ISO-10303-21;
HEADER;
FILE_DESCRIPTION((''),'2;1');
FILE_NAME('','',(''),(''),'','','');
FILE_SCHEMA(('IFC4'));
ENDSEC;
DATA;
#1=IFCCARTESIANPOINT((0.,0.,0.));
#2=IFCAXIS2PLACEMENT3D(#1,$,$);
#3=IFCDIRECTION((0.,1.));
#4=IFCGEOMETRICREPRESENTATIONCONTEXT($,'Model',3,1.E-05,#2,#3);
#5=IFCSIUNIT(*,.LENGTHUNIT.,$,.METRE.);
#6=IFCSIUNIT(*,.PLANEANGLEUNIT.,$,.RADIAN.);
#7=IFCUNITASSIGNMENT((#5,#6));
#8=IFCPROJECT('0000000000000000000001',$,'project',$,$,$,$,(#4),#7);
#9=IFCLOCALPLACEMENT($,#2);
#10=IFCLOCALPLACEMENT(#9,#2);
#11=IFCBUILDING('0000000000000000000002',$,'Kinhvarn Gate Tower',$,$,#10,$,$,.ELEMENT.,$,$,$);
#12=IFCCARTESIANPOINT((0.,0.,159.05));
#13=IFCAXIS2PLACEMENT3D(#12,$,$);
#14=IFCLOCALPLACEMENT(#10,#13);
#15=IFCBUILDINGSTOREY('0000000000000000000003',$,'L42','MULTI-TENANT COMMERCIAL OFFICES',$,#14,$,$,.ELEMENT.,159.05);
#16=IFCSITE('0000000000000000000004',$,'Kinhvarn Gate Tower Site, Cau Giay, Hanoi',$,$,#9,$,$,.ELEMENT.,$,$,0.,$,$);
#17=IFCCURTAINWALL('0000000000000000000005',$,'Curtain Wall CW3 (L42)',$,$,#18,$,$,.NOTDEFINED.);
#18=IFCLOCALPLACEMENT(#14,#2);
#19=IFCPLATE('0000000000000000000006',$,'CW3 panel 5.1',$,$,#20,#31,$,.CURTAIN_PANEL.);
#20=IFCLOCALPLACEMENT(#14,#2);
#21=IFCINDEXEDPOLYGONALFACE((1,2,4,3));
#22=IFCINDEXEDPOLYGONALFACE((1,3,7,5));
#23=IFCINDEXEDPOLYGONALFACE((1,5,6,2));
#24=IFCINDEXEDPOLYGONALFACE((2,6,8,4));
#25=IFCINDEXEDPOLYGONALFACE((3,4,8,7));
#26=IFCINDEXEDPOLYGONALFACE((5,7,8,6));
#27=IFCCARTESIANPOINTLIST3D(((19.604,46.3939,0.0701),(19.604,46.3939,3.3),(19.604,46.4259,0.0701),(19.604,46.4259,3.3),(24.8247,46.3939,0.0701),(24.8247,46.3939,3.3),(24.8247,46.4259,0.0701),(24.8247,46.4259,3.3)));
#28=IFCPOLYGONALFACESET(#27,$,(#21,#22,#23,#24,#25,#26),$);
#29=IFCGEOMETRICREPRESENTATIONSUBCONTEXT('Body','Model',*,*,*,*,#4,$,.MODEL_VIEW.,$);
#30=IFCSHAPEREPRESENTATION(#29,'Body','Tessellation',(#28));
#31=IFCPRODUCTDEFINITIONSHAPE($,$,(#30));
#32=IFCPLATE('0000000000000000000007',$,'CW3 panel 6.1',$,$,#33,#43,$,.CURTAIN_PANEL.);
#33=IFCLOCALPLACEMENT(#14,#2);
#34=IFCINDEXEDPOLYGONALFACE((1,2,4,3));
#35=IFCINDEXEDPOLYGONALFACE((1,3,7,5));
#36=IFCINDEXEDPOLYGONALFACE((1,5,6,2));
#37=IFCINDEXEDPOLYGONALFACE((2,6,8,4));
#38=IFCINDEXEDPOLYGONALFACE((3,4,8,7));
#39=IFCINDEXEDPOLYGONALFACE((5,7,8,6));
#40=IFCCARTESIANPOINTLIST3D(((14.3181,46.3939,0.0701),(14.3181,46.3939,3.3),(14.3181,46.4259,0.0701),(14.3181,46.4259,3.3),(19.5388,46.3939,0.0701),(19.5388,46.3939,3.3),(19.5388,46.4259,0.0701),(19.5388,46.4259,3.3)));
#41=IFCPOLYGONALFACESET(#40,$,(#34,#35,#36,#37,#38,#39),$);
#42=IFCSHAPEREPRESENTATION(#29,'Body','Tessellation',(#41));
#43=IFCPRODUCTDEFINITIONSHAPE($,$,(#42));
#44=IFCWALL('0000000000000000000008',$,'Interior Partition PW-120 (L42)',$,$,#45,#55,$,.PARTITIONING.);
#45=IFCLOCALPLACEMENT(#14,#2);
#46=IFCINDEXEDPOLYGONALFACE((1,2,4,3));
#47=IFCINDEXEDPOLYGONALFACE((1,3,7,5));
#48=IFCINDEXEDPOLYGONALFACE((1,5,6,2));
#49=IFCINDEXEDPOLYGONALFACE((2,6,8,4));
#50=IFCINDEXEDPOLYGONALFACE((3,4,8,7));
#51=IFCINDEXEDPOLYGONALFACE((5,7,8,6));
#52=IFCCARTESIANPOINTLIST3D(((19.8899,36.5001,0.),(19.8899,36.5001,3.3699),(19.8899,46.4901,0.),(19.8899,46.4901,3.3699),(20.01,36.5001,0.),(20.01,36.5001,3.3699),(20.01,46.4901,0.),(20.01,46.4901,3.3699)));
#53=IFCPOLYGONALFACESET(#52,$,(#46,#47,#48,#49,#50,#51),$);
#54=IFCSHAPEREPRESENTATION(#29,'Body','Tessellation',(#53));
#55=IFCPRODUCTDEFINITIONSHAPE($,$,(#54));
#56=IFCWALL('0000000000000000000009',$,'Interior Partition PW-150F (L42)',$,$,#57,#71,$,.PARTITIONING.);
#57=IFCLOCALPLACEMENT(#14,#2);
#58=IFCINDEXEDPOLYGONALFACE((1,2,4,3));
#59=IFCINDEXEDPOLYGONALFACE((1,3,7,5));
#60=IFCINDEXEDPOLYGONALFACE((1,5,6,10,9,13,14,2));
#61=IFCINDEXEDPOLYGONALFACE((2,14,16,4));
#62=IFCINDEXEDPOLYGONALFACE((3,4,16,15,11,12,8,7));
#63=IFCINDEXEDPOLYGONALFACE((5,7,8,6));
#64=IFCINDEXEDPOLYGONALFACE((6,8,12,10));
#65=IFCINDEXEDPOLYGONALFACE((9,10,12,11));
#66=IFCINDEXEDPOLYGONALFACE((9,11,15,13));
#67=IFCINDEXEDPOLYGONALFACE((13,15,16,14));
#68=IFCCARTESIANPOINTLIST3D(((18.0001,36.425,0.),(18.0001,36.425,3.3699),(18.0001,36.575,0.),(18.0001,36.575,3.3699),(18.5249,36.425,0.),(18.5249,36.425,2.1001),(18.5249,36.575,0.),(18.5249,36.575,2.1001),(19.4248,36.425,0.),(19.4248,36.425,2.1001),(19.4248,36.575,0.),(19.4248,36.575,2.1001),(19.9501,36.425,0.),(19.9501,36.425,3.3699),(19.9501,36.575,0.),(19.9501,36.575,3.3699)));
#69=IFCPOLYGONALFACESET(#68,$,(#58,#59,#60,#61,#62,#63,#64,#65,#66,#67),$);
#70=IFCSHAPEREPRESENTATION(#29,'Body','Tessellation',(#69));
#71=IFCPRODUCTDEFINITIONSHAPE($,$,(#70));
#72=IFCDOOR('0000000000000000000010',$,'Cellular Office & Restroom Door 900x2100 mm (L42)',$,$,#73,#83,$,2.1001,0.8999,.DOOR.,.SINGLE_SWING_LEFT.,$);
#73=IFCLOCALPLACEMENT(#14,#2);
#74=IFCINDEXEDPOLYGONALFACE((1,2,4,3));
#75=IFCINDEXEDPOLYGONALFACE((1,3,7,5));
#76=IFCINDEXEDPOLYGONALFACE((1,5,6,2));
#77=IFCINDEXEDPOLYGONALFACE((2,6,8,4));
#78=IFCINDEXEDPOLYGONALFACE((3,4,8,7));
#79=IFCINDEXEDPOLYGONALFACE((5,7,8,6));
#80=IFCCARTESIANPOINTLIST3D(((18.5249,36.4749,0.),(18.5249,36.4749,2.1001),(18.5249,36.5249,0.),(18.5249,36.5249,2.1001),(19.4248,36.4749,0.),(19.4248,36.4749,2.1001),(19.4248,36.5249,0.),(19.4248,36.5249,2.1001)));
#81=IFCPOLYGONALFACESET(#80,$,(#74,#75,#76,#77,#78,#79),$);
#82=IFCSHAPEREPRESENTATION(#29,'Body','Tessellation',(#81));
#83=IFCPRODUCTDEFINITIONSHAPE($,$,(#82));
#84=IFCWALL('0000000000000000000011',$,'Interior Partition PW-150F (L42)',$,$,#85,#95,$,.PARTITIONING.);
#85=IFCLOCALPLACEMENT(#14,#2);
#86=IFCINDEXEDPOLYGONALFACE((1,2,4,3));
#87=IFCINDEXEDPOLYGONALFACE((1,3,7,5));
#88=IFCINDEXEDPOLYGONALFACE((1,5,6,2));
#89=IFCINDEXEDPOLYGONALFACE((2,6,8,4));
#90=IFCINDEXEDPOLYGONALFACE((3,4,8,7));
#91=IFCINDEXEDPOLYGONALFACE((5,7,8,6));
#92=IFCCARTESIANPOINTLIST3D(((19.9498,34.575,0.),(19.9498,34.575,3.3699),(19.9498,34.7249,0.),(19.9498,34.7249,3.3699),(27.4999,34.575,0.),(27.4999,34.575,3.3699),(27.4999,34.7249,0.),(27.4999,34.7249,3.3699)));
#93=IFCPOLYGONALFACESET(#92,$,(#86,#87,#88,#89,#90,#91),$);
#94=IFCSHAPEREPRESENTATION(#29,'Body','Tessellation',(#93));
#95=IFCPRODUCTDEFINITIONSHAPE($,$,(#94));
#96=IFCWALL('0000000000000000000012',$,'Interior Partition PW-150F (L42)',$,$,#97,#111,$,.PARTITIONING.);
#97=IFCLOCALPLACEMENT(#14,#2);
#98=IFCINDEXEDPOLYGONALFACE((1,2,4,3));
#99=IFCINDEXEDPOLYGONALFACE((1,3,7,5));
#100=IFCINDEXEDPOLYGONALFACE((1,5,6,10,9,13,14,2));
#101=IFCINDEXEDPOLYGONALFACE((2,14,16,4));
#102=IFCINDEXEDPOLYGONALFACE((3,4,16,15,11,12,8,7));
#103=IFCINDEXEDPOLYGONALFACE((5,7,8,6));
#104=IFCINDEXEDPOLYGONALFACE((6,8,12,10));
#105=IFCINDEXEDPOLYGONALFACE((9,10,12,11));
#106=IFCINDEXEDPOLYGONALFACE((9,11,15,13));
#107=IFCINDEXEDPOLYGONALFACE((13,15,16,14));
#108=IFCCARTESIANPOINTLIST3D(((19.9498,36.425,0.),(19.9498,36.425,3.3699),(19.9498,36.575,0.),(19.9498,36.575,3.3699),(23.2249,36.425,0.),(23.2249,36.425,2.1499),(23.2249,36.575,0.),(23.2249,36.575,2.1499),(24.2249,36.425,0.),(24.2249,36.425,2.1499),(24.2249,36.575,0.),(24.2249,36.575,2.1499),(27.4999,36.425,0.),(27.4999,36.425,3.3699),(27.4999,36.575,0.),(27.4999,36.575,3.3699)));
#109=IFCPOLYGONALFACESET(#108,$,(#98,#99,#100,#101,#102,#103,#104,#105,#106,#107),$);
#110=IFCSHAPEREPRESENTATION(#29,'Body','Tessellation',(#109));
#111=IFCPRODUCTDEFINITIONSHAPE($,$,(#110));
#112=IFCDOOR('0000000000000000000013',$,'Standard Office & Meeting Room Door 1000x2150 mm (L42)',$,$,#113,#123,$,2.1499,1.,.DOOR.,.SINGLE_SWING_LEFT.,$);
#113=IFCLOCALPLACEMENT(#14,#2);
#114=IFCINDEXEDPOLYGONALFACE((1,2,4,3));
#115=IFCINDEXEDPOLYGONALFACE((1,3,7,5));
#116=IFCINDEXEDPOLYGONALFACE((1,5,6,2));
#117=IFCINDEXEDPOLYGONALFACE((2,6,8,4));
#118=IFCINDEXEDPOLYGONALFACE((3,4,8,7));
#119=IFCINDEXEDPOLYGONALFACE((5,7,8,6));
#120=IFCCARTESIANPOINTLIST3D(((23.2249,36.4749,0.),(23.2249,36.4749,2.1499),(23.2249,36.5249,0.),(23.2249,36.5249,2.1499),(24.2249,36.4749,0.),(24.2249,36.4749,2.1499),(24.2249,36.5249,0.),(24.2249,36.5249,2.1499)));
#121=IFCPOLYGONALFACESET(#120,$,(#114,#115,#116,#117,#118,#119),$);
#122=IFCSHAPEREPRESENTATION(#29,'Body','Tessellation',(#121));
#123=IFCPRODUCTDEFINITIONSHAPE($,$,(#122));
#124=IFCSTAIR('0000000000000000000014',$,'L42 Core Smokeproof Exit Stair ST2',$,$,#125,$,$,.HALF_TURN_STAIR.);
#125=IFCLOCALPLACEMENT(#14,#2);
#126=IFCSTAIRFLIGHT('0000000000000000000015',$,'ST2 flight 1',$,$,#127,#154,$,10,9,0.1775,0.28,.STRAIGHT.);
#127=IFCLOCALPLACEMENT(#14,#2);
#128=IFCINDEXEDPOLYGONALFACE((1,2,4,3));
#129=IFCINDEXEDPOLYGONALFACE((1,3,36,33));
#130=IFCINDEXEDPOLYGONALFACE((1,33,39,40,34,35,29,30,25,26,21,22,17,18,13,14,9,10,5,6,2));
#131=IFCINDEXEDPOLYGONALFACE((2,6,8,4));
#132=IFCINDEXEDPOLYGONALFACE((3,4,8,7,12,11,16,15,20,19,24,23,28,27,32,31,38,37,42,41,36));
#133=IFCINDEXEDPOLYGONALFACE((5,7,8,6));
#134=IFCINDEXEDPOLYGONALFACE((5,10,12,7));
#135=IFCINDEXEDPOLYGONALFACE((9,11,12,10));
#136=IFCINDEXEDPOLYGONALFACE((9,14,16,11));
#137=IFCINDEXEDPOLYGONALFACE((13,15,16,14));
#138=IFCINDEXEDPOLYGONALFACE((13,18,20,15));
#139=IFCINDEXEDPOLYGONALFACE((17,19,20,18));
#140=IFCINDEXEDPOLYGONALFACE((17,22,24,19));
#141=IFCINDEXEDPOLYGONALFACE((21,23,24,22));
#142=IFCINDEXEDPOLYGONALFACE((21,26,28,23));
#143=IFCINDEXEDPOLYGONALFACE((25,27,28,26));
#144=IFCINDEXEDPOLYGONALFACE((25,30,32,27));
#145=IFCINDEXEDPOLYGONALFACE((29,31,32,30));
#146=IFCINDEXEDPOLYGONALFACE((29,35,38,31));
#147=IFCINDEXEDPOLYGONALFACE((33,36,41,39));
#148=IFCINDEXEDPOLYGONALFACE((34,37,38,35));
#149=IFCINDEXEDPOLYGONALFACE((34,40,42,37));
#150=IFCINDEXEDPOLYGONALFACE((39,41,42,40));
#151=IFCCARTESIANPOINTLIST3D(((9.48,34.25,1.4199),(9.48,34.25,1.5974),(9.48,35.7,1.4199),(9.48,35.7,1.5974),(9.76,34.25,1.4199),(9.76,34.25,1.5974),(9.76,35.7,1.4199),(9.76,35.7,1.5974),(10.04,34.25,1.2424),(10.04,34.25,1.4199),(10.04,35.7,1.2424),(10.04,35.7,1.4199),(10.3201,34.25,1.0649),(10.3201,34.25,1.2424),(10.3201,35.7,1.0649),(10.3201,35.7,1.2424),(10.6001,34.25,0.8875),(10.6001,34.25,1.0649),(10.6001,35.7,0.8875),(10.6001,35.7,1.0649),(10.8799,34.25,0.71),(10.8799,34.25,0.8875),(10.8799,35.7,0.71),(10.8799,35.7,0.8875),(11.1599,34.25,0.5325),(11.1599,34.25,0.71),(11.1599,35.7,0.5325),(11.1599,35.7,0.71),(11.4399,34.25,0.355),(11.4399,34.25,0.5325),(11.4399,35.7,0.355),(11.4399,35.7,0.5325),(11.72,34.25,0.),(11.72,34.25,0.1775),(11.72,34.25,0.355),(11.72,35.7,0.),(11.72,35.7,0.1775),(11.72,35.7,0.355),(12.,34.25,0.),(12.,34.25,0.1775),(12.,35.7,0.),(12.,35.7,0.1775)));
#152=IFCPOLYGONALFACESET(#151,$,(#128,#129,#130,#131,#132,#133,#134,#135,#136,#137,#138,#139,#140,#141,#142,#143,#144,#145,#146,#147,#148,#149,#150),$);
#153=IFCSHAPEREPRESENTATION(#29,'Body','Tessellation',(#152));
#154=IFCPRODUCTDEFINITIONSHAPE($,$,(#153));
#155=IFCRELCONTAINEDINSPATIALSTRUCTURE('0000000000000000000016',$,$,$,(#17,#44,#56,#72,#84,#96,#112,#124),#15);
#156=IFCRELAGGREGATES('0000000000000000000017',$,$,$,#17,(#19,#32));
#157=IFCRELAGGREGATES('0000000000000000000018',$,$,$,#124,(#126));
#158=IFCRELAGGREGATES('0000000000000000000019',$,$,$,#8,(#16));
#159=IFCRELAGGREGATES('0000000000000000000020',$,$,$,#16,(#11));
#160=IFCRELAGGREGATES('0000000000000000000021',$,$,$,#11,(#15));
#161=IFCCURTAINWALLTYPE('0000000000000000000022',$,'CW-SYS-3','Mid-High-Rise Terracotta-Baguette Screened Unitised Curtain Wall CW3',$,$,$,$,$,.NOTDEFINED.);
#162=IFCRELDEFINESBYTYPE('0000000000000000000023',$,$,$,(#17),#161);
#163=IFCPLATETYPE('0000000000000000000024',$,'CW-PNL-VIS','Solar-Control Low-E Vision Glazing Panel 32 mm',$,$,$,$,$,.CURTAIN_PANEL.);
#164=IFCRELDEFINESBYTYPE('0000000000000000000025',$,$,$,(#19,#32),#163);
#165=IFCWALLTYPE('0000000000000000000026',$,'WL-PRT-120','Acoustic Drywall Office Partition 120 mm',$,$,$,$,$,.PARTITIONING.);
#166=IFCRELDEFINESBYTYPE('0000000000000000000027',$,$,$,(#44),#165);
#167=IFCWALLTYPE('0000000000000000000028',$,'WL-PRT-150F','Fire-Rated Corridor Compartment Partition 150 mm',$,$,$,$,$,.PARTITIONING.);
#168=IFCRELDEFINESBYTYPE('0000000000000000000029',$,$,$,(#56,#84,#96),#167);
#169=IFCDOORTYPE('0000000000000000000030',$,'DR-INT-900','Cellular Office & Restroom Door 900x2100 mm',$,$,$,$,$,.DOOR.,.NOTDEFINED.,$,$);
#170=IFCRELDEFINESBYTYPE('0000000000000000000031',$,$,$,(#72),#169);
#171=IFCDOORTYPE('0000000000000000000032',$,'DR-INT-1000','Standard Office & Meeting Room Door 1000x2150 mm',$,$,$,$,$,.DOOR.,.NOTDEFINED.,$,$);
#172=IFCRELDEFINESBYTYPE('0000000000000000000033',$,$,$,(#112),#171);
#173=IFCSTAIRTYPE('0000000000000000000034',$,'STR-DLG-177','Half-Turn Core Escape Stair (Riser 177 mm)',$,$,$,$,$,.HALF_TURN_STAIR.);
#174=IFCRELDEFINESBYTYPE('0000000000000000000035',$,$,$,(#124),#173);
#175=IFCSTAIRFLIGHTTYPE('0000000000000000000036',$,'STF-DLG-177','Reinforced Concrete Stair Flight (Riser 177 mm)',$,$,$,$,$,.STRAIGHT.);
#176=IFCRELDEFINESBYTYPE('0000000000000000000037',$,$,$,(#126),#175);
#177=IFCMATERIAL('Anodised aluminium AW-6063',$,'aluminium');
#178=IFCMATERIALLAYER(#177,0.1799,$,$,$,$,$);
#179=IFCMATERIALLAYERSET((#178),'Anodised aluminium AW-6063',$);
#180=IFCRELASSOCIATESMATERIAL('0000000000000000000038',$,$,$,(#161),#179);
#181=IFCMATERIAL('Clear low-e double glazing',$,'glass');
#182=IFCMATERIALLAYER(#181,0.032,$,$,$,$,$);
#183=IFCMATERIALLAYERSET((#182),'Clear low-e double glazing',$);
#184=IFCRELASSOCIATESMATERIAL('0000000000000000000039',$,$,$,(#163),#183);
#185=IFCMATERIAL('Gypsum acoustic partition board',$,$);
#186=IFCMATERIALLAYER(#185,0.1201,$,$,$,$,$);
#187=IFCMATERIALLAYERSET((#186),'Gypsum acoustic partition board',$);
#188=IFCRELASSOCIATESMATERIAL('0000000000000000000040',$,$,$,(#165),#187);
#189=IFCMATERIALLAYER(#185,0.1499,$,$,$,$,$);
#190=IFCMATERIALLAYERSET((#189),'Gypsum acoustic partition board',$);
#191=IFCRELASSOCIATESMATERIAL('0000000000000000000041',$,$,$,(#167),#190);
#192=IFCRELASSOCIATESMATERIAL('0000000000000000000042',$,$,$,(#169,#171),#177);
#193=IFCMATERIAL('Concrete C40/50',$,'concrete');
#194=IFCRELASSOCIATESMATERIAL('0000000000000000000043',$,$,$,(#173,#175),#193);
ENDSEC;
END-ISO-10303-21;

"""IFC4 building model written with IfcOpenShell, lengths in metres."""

from ifc_helpers import new_model, si_unit, direction, frame, frame_2d, origin, origin_2d, place, context, subcontext, project, spatial, polyline, rectangle, outline, extrude, material, layer, layer_set, type_object, element, fill, aggregate, save


model = new_model("IFC4")

# Units and contexts
model_context = context("Model", 3, precision=1e-05, world=origin(), true_north=direction((0.0, 1.0)))
body_context = subcontext(model_context, "Body", "Model", "MODEL_VIEW")
ifc_project = project(units=[si_unit("LENGTHUNIT", "METRE"), si_unit("PLANEANGLEUNIT", "RADIAN")], contexts=[model_context])

# Site, building, storey
site_placement = place(None, origin())
site = spatial("IfcSite", under=ifc_project, at=site_placement, Name="Kinhvarn Gate Tower Site, Cau Giay, Hanoi", CompositionType="ELEMENT", RefElevation=0.0)
building_placement = place(site_placement, origin())
building = spatial("IfcBuilding", under=site, at=building_placement, Name="Kinhvarn Gate Tower", CompositionType="ELEMENT")
storey_placement = place(building_placement, frame((0.0, 0.0, 159.05)))
storey = spatial("IfcBuildingStorey", under=building, at=storey_placement, Name="L42", Description="MULTI-TENANT COMMERCIAL OFFICES", CompositionType="ELEMENT", Elevation=159.05)

# Curtain wall
ifc_material_1 = material(Name="Anodised aluminium AW-6063", Category="aluminium")
ifc_layer_1 = layer(ifc_material_1, 0.1799)
ifc_layer_set_1 = layer_set([ifc_layer_1], Name="Anodised aluminium AW-6063")
curtain_wall_type = type_object("IfcCurtainWallType", Name="CW-SYS-3", Description="Mid-High-Rise Terracotta-Baguette Screened Unitised Curtain Wall CW3", PredefinedType="NOTDEFINED", material=ifc_layer_set_1)
curtain_wall_placement = place(storey_placement, origin())
curtain_wall = element("IfcCurtainWall", 1, at=curtain_wall_placement, inside=storey, type_object=curtain_wall_type, Name="Curtain Wall CW3 (L42)", PredefinedType="NOTDEFINED")

# Plates
ifc_material_2 = material(Name="Clear low-e double glazing", Category="glass")
ifc_layer_2 = layer(ifc_material_2, 0.032)
ifc_layer_set_2 = layer_set([ifc_layer_2], Name="Clear low-e double glazing")
plate_type = type_object("IfcPlateType", Name="CW-PNL-VIS", Description="Solar-Control Low-E Vision Glazing Panel 32 mm", PredefinedType="CURTAIN_PANEL", material=ifc_layer_set_2)
plate_1_placement = place(storey_placement, frame((22.2144, 46.4099, 0.0701), z_axis=(0.0, 0.0, 1.0), x_axis=(-1.0, 0.0, 0.0)))
plate_1 = element("IfcPlate", 2, at=plate_1_placement, type_object=plate_type, Name="CW3 panel 5.1", PredefinedType="CURTAIN_PANEL", context=body_context, shape_type="SweptSolid", body=[
    extrude(rectangle(XDim=5.2207, YDim=0.032, at=origin_2d()), origin(), (0.0, 0.0, 1.0), 3.23),
])
plate_2_placement = place(storey_placement, frame((16.9285, 46.4099, 0.0701), z_axis=(0.0, 0.0, 1.0), x_axis=(-1.0, 0.0, 0.0)))
plate_2 = element("IfcPlate", 3, at=plate_2_placement, type_object=plate_type, Name="CW3 panel 6.1", PredefinedType="CURTAIN_PANEL", context=body_context, shape_type="SweptSolid", body=[
    extrude(rectangle(XDim=5.2207, YDim=0.032, at=origin_2d()), origin(), (0.0, 0.0, 1.0), 3.23),
])
aggregate(curtain_wall, [plate_1, plate_2])

# Wall
ifc_material_3 = material(Name="Gypsum acoustic partition board")
ifc_layer_3 = layer(ifc_material_3, 0.1201)
ifc_layer_set_3 = layer_set([ifc_layer_3], Name="Gypsum acoustic partition board")
wall_type_1 = type_object("IfcWallType", Name="WL-PRT-120", Description="Acoustic Drywall Office Partition 120 mm", PredefinedType="PARTITIONING", material=ifc_layer_set_3)
wall_1_placement = place(storey_placement, frame((19.95, 36.5, 0.0), z_axis=(0.0, 0.0, 1.0), x_axis=(0.0, 1.0, 0.0)))
element("IfcWall", 4, at=wall_1_placement, inside=storey, type_object=wall_type_1, Name="Interior Partition PW-120 (L42)", PredefinedType="PARTITIONING", context=body_context, shape_type="SweptSolid", body=[
    extrude(rectangle(XDim=9.99, YDim=0.1201, at=frame_2d((4.9951, 0.0))), origin(), (0.0, 0.0, 1.0), 3.3699),
])

# Wall, opening, door
ifc_layer_4 = layer(ifc_material_3, 0.1499)
ifc_layer_set_4 = layer_set([ifc_layer_4], Name="Gypsum acoustic partition board")
wall_type_2 = type_object("IfcWallType", Name="WL-PRT-150F", Description="Fire-Rated Corridor Compartment Partition 150 mm", PredefinedType="PARTITIONING", material=ifc_layer_set_4)
wall_2_placement = place(storey_placement, frame((18.0, 36.5, 0.0), z_axis=(0.0, 0.0, 1.0), x_axis=(1.0, 0.0, 0.0)))
wall_2 = element("IfcWall", 5, at=wall_2_placement, inside=storey, type_object=wall_type_2, Name="Interior Partition PW-150F (L42)", PredefinedType="PARTITIONING", context=body_context, shape_type="SweptSolid", body=[
    extrude(rectangle(XDim=1.95, YDim=0.1499, at=frame_2d((0.9751, 0.0))), origin(), (0.0, 0.0, 1.0), 3.3699),
])
opening_1_placement = place(wall_2_placement, frame((0.5249, 0.0, 0.0)))
opening_1 = element("IfcOpeningElement", 6, at=opening_1_placement, cuts=wall_2, PredefinedType="OPENING", context=body_context, shape_type="SweptSolid", body=[
    extrude(rectangle(XDim=0.8999, YDim=2.1001, at=frame_2d((0.45, 1.05))), frame((0.0, 0.085, 0.0), z_axis=(0.0, -1.0, 0.0), x_axis=(1.0, 0.0, 0.0)), (0.0, 0.0, 1.0), 0.1699),
])
door_type_1 = type_object("IfcDoorType", Name="DR-INT-900", Description="Cellular Office & Restroom Door 900x2100 mm", OperationType="NOTDEFINED", PredefinedType="DOOR", material=ifc_material_1)
door_1_placement = place(opening_1_placement, origin())
door_1 = element("IfcDoor", 7, at=door_1_placement, inside=storey, type_object=door_type_1, Name="Cellular Office & Restroom Door 900x2100 mm (L42)", OperationType="SINGLE_SWING_LEFT", OverallHeight=2.1001, OverallWidth=0.8999, PredefinedType="DOOR", context=body_context, shape_type="SweptSolid", body=[
    extrude(rectangle(XDim=0.8999, YDim=2.1001, at=frame_2d((0.45, 1.05))), frame((0.0, 0.0249, 0.0), z_axis=(0.0, -1.0, 0.0), x_axis=(1.0, 0.0, 0.0)), (0.0, 0.0, 1.0), 0.05),
])
fill(opening_1, door_1)

# Wall
wall_3_placement = place(storey_placement, frame((19.95, 34.6499, 0.0), z_axis=(0.0, 0.0, 1.0), x_axis=(1.0, 0.0, 0.0)))
element("IfcWall", 8, at=wall_3_placement, inside=storey, type_object=wall_type_2, Name="Interior Partition PW-150F (L42)", PredefinedType="PARTITIONING", context=body_context, shape_type="SweptSolid", body=[
    extrude(rectangle(XDim=7.55, YDim=0.1499, at=frame_2d((3.7749, 0.0))), origin(), (0.0, 0.0, 1.0), 3.3699),
])

# Wall, opening, door
wall_4_placement = place(storey_placement, frame((19.95, 36.5, 0.0), z_axis=(0.0, 0.0, 1.0), x_axis=(1.0, 0.0, 0.0)))
wall_4 = element("IfcWall", 9, at=wall_4_placement, inside=storey, type_object=wall_type_2, Name="Interior Partition PW-150F (L42)", PredefinedType="PARTITIONING", context=body_context, shape_type="SweptSolid", body=[
    extrude(rectangle(XDim=7.55, YDim=0.1499, at=frame_2d((3.7749, 0.0))), origin(), (0.0, 0.0, 1.0), 3.3699),
])
opening_2_placement = place(wall_4_placement, frame((3.2749, 0.0, 0.0)))
opening_2 = element("IfcOpeningElement", 10, at=opening_2_placement, cuts=wall_4, PredefinedType="OPENING", context=body_context, shape_type="SweptSolid", body=[
    extrude(rectangle(XDim=1.0, YDim=2.1499, at=frame_2d((0.5, 1.075))), frame((0.0, 0.085, 0.0), z_axis=(0.0, -1.0, 0.0), x_axis=(1.0, 0.0, 0.0)), (0.0, 0.0, 1.0), 0.1699),
])
door_type_2 = type_object("IfcDoorType", Name="DR-INT-1000", Description="Standard Office & Meeting Room Door 1000x2150 mm", OperationType="NOTDEFINED", PredefinedType="DOOR", material=ifc_material_1)
door_2_placement = place(opening_2_placement, origin())
door_2 = element("IfcDoor", 11, at=door_2_placement, inside=storey, type_object=door_type_2, Name="Standard Office & Meeting Room Door 1000x2150 mm (L42)", OperationType="SINGLE_SWING_LEFT", OverallHeight=2.1499, OverallWidth=1.0, PredefinedType="DOOR", context=body_context, shape_type="SweptSolid", body=[
    extrude(rectangle(XDim=1.0, YDim=2.1499, at=frame_2d((0.5, 1.075))), frame((0.0, 0.0249, 0.0), z_axis=(0.0, -1.0, 0.0), x_axis=(1.0, 0.0, 0.0)), (0.0, 0.0, 1.0), 0.05),
])
fill(opening_2, door_2)
ifc_material_4 = material(Name="Concrete C40/50", Category="concrete")

# Stair, stair flight
stair_type = type_object("IfcStairType", Name="STR-DLG-177", Description="Half-Turn Core Escape Stair (Riser 177 mm)", PredefinedType="HALF_TURN_STAIR", material=ifc_material_4)
stair_placement = place(storey_placement, origin())
stair = element("IfcStair", 12, at=stair_placement, inside=storey, type_object=stair_type, Name="L42 Core Smokeproof Exit Stair ST2", PredefinedType="HALF_TURN_STAIR")
stair_flight_type = type_object("IfcStairFlightType", Name="STF-DLG-177", Description="Reinforced Concrete Stair Flight (Riser 177 mm)", PredefinedType="STRAIGHT", material=ifc_material_4)
stair_flight_placement = place(storey_placement, frame((12.0, 34.9751, 0.0), z_axis=(0.0, 0.0, 1.0), x_axis=(-1.0, 0.0, 0.0)))
stair_flight = element("IfcStairFlight", 13, at=stair_flight_placement, type_object=stair_flight_type, Name="ST2 flight 1", NumberOfRisers=10, NumberOfTreads=9, PredefinedType="STRAIGHT", RiserHeight=0.1775, TreadLength=0.28, context=body_context, shape_type="SweptSolid", body=[
    extrude(outline(polyline([(0.0, 0.0), (0.0, 0.1775), (0.28, 0.1775), (0.28, 0.355), (0.5601, 0.355), (0.5601, 0.5325), (0.8401, 0.5325), (0.8401, 0.71), (1.1201, 0.71), (1.1201, 0.8875), (1.3999, 0.8875), (1.3999, 1.0649), (1.6799, 1.0649), (1.6799, 1.2424), (1.96, 1.2424), (1.96, 1.4199), (2.24, 1.4199), (2.24, 1.5974), (2.52, 1.5974), (2.52, 1.7749), (2.52, 1.4199), (0.28, 0.0), (0.0, 0.0)])), frame((0.0, 0.7251, 0.0), z_axis=(0.0, -1.0, 0.0), x_axis=(1.0, 0.0, 0.0)), (0.0, 0.0, 1.0), 1.45),
])
aggregate(stair, [stair_flight])

save(model, "model.ifc")
